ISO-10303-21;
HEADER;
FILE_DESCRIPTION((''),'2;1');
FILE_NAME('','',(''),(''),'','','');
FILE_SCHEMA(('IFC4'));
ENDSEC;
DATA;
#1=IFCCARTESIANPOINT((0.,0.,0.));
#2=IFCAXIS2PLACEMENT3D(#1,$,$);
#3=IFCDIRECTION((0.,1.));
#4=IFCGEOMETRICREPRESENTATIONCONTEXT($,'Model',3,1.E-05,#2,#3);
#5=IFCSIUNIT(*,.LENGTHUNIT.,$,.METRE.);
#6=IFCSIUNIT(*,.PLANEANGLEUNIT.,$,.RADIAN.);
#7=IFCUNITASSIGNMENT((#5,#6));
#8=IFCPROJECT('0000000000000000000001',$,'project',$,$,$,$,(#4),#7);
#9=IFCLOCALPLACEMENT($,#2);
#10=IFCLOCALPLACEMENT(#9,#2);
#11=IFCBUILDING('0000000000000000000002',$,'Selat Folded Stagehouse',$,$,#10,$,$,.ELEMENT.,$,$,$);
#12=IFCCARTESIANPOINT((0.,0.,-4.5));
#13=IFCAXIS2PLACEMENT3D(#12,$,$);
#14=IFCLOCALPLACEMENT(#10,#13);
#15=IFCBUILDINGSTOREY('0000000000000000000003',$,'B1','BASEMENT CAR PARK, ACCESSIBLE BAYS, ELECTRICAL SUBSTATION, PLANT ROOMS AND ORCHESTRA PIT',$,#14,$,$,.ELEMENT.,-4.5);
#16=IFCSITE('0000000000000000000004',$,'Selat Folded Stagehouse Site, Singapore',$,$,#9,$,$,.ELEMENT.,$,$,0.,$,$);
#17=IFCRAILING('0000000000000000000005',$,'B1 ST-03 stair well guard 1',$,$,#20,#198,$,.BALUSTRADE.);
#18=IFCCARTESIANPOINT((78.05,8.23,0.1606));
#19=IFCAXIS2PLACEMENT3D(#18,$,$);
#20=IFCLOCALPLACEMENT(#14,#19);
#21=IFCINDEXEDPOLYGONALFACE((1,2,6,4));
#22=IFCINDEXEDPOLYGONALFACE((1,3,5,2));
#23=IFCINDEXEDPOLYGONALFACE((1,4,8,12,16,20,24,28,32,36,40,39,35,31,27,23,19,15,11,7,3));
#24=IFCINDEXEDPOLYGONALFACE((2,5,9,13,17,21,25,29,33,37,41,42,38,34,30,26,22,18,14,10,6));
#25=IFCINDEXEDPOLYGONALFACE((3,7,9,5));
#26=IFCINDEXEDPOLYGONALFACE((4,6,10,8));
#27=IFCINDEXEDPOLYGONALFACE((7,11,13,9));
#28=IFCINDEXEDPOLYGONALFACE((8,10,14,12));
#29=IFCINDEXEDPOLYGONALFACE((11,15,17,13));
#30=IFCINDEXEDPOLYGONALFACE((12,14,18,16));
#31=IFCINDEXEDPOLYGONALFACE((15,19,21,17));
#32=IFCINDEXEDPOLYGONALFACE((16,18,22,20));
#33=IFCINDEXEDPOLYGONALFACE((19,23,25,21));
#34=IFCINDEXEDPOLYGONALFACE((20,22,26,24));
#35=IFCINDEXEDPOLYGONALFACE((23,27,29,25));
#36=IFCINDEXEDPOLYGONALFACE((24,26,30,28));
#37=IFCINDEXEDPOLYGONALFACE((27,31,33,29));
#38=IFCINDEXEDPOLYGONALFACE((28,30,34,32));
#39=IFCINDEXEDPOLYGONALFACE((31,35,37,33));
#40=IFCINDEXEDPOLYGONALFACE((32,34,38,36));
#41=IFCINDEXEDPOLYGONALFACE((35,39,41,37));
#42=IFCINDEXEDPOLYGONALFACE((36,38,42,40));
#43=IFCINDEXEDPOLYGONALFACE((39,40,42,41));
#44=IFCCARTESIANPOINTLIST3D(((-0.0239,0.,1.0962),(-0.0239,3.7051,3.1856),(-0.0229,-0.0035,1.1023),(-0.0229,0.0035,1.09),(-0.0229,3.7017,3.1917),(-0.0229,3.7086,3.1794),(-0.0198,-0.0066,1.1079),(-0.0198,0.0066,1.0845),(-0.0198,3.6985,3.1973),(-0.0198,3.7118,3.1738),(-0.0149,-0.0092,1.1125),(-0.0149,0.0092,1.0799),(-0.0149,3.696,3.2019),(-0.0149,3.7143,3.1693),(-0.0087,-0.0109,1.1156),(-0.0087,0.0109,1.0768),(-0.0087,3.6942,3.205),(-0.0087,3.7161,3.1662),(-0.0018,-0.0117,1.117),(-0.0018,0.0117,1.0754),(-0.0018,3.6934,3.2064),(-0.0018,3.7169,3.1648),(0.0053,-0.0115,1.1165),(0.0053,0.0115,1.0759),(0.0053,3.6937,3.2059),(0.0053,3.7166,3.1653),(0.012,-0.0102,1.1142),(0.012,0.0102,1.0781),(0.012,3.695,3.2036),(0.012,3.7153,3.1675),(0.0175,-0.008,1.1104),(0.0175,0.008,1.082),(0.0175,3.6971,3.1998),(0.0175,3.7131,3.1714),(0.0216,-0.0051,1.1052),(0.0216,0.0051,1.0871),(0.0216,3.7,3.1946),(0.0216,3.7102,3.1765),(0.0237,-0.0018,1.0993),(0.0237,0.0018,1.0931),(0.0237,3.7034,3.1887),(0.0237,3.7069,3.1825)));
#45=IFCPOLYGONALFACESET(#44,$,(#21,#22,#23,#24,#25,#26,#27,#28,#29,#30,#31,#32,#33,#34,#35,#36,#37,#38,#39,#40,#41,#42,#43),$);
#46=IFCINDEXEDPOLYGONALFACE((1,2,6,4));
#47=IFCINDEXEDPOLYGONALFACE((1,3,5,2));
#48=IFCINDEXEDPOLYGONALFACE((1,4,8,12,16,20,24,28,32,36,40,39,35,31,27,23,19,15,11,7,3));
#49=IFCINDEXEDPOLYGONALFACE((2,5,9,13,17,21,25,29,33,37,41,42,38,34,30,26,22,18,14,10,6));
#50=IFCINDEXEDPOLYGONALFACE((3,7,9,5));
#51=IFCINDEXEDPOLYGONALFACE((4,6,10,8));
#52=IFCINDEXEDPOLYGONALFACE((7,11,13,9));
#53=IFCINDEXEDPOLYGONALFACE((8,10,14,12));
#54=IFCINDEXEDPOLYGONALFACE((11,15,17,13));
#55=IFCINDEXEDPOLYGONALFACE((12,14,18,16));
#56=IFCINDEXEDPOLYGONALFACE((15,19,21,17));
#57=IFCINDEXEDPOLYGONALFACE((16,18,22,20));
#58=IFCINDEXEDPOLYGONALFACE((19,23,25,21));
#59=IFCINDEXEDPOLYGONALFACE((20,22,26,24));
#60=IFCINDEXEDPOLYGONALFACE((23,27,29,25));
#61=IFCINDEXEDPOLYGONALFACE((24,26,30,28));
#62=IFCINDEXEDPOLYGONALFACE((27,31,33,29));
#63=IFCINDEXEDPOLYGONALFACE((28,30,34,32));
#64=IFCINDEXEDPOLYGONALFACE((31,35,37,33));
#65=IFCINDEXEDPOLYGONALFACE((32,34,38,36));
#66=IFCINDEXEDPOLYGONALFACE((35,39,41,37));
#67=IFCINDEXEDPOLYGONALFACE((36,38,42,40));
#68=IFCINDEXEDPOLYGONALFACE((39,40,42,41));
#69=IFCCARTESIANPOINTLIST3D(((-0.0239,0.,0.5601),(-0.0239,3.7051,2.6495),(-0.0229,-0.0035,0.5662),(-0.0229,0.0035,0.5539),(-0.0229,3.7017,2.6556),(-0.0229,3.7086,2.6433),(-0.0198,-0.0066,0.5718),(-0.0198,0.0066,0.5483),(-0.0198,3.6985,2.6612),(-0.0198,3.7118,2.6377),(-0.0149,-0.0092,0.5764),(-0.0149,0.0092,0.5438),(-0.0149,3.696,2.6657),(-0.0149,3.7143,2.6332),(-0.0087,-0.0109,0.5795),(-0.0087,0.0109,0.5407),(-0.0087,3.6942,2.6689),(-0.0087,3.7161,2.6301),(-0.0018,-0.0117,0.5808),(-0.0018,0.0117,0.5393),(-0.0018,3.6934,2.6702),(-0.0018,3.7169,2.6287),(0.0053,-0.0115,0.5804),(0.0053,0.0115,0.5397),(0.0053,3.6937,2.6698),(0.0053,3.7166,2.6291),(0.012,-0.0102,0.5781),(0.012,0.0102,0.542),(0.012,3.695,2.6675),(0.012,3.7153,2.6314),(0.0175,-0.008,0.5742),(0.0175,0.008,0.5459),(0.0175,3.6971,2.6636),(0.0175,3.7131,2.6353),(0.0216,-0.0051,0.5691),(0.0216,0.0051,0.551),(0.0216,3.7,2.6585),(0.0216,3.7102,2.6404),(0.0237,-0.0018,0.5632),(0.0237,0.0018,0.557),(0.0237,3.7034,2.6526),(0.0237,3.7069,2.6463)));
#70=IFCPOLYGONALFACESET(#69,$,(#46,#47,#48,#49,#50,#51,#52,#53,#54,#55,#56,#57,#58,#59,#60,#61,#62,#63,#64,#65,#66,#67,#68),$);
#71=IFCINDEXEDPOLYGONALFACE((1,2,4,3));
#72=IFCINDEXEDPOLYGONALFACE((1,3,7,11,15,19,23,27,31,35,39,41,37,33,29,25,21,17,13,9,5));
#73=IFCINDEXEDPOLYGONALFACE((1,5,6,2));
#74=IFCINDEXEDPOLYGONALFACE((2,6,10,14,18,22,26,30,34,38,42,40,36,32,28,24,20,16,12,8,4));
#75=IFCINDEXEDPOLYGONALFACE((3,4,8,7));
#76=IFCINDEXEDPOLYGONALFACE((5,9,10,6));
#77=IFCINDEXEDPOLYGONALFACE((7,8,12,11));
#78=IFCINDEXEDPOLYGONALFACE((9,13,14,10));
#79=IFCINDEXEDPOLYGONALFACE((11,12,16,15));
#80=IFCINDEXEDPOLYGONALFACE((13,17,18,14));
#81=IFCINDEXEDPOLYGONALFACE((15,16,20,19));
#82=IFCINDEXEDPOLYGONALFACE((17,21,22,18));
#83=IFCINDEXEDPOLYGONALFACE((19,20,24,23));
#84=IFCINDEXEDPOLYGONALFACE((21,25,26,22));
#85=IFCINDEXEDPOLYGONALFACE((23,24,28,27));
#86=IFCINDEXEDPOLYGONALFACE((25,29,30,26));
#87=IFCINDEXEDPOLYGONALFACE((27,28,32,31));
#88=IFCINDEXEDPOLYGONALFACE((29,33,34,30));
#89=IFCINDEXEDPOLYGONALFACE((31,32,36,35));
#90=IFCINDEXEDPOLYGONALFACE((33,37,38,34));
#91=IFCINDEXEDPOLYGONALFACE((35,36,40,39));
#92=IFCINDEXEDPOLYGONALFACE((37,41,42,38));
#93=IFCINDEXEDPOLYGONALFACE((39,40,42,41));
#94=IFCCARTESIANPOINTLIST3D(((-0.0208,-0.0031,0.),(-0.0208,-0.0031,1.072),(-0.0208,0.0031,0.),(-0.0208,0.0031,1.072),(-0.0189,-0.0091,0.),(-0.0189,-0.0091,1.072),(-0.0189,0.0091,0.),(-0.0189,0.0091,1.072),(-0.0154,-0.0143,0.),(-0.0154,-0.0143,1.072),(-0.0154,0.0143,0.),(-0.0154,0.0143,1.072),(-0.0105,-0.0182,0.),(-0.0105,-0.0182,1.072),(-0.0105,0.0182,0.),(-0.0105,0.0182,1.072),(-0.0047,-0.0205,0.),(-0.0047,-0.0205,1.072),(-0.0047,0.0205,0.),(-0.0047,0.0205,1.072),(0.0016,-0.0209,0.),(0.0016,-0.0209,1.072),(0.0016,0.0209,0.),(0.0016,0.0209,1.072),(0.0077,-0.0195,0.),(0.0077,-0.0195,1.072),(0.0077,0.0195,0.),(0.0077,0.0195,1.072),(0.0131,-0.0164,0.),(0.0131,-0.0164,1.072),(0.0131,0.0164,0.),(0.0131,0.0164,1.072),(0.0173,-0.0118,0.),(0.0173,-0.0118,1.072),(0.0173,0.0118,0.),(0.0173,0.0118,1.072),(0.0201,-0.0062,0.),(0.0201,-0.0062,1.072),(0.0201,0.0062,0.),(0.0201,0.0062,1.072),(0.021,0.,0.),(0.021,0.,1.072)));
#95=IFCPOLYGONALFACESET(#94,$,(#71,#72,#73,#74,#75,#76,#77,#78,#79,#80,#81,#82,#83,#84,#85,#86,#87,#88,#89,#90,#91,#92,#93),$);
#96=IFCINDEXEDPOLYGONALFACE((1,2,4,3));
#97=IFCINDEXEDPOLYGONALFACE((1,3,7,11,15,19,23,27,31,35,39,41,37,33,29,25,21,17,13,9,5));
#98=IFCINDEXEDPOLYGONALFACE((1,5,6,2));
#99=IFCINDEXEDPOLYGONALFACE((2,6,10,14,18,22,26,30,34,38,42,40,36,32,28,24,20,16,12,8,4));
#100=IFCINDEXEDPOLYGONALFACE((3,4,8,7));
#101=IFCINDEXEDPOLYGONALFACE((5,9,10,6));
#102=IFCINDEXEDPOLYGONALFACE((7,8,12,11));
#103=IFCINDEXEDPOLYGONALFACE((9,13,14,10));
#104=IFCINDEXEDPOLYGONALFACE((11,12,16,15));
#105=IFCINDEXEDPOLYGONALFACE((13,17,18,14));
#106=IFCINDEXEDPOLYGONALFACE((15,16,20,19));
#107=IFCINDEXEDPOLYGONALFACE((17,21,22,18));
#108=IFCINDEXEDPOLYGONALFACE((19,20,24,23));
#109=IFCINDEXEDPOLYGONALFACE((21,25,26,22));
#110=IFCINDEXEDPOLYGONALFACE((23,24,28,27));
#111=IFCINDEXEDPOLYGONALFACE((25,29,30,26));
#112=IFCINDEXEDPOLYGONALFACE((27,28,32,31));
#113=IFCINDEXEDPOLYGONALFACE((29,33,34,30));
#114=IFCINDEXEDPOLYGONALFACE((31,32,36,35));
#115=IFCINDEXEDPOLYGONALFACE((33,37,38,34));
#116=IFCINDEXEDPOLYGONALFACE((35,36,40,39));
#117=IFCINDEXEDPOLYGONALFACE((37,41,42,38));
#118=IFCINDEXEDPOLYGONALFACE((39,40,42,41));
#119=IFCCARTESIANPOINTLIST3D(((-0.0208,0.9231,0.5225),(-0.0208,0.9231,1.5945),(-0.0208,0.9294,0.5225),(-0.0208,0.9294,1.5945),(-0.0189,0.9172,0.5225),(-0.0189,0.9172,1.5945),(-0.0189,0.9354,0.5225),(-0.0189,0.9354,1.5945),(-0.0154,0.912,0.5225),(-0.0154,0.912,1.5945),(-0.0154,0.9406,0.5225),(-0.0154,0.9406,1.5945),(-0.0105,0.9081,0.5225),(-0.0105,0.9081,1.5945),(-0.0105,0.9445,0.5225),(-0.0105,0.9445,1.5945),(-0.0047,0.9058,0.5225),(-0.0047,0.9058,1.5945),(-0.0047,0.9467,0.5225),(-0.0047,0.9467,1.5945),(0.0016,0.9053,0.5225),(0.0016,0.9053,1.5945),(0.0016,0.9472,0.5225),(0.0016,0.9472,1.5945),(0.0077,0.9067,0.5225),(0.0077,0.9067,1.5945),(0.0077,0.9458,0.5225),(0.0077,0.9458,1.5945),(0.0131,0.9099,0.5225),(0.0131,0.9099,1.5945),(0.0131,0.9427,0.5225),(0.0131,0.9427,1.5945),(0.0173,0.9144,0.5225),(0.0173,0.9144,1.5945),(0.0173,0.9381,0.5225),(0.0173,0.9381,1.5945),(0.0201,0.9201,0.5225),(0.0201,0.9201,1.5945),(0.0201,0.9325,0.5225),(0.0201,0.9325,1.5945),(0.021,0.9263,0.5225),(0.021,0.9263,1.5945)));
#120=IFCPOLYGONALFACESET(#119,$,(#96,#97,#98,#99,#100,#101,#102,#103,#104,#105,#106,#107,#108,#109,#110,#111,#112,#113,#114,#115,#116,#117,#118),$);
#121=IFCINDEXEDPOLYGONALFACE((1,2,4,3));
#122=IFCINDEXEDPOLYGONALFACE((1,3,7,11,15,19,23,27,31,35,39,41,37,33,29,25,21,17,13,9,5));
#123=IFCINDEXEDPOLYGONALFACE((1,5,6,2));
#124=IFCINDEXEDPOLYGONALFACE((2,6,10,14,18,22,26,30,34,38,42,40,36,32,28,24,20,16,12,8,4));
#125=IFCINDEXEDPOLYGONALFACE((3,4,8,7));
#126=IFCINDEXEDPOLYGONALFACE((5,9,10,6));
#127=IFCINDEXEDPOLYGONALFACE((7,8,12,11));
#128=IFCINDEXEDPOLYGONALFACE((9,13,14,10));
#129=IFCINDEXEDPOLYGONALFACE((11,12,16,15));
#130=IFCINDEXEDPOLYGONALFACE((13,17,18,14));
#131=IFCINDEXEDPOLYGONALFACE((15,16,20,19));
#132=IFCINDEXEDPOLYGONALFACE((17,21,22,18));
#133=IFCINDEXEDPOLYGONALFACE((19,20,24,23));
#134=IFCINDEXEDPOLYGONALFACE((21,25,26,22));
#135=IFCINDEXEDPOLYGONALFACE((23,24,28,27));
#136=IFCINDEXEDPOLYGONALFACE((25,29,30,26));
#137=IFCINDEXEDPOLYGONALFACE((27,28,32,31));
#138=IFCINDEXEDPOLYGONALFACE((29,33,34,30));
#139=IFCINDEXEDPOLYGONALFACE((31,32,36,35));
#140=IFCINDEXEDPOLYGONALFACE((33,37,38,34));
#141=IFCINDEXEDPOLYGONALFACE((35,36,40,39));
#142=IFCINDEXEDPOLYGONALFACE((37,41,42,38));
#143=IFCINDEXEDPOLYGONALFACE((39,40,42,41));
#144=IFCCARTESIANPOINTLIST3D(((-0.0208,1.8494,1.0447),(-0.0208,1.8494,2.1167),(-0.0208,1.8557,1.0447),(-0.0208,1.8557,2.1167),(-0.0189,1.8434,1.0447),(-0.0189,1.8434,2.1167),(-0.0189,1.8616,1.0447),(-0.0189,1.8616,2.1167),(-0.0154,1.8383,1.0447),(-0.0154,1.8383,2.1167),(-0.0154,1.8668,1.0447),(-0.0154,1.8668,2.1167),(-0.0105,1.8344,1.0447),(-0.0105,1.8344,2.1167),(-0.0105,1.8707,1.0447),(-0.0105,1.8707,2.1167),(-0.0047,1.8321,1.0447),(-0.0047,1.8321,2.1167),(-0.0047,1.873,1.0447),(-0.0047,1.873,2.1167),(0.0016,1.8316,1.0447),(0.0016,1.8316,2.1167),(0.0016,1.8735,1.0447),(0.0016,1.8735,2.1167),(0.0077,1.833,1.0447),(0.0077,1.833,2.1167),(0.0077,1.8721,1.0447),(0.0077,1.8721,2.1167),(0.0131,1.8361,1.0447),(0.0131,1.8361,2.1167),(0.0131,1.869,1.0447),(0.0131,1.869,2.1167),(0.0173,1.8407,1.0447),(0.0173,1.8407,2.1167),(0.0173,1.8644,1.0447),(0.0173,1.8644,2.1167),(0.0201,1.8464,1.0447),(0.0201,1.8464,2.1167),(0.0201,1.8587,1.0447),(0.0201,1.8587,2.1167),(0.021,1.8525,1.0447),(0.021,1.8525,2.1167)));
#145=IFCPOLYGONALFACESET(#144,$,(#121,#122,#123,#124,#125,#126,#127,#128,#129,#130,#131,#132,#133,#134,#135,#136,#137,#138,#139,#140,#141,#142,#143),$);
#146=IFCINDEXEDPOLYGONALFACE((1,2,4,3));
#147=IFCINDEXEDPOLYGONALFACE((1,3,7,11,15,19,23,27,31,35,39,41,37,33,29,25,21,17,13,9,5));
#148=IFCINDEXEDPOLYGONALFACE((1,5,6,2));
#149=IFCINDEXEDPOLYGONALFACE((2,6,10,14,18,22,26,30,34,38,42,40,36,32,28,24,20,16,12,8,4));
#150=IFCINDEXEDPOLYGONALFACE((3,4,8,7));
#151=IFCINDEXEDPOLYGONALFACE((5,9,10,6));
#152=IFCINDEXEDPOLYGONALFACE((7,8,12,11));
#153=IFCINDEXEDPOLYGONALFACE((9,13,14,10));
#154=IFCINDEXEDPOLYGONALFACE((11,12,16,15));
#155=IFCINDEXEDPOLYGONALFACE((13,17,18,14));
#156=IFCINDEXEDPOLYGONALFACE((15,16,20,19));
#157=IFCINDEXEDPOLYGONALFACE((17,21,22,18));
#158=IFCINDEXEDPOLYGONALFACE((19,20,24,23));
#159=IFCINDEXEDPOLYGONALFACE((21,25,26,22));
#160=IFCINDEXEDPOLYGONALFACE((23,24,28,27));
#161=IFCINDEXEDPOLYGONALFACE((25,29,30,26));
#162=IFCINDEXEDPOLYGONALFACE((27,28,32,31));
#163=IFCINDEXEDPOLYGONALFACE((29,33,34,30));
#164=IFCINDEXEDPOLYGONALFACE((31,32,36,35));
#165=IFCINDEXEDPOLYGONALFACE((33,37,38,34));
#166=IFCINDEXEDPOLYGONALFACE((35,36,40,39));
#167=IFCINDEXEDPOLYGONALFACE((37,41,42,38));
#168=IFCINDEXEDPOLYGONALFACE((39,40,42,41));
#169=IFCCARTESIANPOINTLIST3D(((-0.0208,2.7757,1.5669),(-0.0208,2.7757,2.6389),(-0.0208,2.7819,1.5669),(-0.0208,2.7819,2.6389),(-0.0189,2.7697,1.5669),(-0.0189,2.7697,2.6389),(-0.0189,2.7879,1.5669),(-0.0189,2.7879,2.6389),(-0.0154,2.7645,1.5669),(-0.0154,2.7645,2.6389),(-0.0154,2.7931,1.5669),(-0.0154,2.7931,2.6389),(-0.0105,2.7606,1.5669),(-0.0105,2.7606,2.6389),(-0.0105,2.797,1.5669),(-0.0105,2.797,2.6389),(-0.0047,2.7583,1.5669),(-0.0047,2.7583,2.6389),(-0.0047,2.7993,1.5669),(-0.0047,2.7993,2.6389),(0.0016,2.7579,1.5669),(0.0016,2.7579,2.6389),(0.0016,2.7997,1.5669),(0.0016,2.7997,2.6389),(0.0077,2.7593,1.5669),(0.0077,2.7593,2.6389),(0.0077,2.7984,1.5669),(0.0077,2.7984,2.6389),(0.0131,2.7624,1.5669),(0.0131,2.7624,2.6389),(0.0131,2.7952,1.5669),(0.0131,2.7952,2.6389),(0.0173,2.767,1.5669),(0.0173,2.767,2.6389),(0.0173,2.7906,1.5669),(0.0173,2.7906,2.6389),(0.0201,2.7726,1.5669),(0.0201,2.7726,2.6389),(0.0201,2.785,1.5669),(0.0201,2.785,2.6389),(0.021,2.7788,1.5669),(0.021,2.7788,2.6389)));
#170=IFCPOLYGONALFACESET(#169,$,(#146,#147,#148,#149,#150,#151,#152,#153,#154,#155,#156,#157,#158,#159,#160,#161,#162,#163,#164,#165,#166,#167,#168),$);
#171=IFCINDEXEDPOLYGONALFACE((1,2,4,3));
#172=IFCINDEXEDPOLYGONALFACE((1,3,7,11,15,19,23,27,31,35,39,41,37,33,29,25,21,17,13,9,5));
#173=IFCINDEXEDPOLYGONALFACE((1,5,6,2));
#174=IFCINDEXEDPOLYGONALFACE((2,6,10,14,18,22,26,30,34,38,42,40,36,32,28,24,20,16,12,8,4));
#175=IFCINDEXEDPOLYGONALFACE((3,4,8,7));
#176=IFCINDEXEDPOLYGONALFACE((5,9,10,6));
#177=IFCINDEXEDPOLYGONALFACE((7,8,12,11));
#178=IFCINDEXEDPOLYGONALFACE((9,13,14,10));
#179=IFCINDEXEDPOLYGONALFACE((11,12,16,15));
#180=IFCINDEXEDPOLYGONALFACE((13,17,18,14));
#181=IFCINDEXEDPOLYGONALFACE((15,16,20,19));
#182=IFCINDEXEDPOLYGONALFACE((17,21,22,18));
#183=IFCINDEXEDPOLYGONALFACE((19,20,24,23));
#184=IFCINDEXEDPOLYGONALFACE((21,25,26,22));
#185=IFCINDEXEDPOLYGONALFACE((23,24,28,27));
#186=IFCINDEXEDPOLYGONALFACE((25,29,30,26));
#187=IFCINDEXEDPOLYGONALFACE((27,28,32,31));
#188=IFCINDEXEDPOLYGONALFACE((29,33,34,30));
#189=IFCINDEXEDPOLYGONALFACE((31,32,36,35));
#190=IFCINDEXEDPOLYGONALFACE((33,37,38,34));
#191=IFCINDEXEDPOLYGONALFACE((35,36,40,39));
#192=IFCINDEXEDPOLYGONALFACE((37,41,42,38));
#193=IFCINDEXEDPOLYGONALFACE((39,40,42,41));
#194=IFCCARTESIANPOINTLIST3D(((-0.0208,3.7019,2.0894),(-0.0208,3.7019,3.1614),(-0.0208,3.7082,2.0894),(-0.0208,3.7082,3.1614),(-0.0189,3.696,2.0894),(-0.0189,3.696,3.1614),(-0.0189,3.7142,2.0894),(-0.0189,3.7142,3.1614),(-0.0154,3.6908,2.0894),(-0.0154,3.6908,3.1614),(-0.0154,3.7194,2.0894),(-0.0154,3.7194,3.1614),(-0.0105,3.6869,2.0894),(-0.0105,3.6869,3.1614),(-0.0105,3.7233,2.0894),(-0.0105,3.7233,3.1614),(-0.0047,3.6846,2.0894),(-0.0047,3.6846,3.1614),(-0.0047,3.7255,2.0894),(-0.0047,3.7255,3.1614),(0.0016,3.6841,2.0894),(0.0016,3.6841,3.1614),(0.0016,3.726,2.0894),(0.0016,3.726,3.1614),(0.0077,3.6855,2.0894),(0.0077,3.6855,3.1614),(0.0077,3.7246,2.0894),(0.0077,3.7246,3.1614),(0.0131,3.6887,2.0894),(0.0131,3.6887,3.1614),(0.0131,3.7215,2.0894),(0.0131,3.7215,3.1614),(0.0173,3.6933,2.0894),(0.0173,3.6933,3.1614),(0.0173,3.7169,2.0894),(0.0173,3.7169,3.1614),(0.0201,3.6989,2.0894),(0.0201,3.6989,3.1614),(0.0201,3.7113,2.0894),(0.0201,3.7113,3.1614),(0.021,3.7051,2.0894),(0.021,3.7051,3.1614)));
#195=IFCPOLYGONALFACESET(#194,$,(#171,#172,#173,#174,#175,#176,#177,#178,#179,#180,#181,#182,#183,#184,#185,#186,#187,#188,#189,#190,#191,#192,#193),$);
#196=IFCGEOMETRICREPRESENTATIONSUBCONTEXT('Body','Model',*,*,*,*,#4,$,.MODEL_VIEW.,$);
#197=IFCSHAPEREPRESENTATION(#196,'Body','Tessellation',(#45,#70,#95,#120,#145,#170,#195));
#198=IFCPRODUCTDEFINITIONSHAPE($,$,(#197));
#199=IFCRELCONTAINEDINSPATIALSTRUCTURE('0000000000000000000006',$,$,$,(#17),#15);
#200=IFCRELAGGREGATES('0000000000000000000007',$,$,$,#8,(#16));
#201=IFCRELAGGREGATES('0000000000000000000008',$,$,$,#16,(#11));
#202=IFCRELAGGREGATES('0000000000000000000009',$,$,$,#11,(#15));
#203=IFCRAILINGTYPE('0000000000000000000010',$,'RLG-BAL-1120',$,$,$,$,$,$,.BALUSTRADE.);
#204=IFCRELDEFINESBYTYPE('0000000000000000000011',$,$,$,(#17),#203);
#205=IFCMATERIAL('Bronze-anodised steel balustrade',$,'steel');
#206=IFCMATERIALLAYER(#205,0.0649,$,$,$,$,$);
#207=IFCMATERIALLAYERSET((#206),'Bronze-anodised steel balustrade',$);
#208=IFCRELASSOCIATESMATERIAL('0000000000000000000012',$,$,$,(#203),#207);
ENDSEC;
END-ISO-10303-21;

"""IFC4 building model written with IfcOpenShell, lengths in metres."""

from ifc_helpers import new_model, si_unit, direction, frame, origin, origin_2d, place, context, subcontext, project, spatial, circle, extrude, material, layer, layer_set, type_object, element, save


model = new_model("IFC4")

# Units and contexts
model_context = context("Model", 3, precision=1e-05, world=origin(), true_north=direction((0.0, 1.0)))
body_context = subcontext(model_context, "Body", "Model", "MODEL_VIEW")
ifc_project = project(units=[si_unit("LENGTHUNIT", "METRE"), si_unit("PLANEANGLEUNIT", "RADIAN")], contexts=[model_context])

# Site, building, storey
site_placement = place(None, origin())
site = spatial("IfcSite", under=ifc_project, at=site_placement, Name="Selat Folded Stagehouse Site, Singapore", CompositionType="ELEMENT", RefElevation=0.0)
building_placement = place(site_placement, origin())
building = spatial("IfcBuilding", under=site, at=building_placement, Name="Selat Folded Stagehouse", CompositionType="ELEMENT")
storey_placement = place(building_placement, frame((0.0, 0.0, -4.5)))
storey = spatial("IfcBuildingStorey", under=building, at=storey_placement, Name="B1", Description="BASEMENT CAR PARK, ACCESSIBLE BAYS, ELECTRICAL SUBSTATION, PLANT ROOMS AND ORCHESTRA PIT", CompositionType="ELEMENT", Elevation=-4.5)

# Railing
ifc_material_1 = material(Name="Bronze-anodised steel balustrade", Category="steel")
ifc_layer_1 = layer(ifc_material_1, 0.0649)
ifc_layer_set_1 = layer_set([ifc_layer_1], Name="Bronze-anodised steel balustrade")
railing_type = type_object("IfcRailingType", Name="RLG-BAL-1120", PredefinedType="BALUSTRADE", material=ifc_layer_set_1)
railing_1_placement = place(storey_placement, frame((78.05, 8.23, 0.1606)))
element("IfcRailing", 1, at=railing_1_placement, inside=storey, type_object=railing_type, Name="B1 ST-03 stair well guard 1", PredefinedType="BALUSTRADE", context=body_context, shape_type="SweptSolid", body=[
    extrude(circle(Radius=0.0239, at=origin_2d()), frame((0.0, 0.0, 1.0962), z_axis=(0.0, 0.871048, 0.491198), x_axis=(-1.0, 0.0, 0.0)), (0.0, 0.0, 1.0), 4.2537),
    extrude(circle(Radius=0.0239, at=origin_2d()), frame((0.0, 0.0, 0.5601), z_axis=(0.0, 0.871048, 0.491198), x_axis=(-1.0, 0.0, 0.0)), (0.0, 0.0, 1.0), 4.2537),
    extrude(circle(Radius=0.021, at=origin_2d()), origin(), (0.0, 0.0, 1.0), 1.072),
    extrude(circle(Radius=0.021, at=origin_2d()), frame((0.0, 0.9263, 0.5225)), (0.0, 0.0, 1.0), 1.072),
    extrude(circle(Radius=0.021, at=origin_2d()), frame((0.0, 1.8525, 1.0447)), (0.0, 0.0, 1.0), 1.072),
    extrude(circle(Radius=0.021, at=origin_2d()), frame((0.0, 2.7788, 1.5669)), (0.0, 0.0, 1.0), 1.072),
    extrude(circle(Radius=0.021, at=origin_2d()), frame((0.0, 3.7051, 2.0894)), (0.0, 0.0, 1.0), 1.072),
])

save(model, "model.ifc")
